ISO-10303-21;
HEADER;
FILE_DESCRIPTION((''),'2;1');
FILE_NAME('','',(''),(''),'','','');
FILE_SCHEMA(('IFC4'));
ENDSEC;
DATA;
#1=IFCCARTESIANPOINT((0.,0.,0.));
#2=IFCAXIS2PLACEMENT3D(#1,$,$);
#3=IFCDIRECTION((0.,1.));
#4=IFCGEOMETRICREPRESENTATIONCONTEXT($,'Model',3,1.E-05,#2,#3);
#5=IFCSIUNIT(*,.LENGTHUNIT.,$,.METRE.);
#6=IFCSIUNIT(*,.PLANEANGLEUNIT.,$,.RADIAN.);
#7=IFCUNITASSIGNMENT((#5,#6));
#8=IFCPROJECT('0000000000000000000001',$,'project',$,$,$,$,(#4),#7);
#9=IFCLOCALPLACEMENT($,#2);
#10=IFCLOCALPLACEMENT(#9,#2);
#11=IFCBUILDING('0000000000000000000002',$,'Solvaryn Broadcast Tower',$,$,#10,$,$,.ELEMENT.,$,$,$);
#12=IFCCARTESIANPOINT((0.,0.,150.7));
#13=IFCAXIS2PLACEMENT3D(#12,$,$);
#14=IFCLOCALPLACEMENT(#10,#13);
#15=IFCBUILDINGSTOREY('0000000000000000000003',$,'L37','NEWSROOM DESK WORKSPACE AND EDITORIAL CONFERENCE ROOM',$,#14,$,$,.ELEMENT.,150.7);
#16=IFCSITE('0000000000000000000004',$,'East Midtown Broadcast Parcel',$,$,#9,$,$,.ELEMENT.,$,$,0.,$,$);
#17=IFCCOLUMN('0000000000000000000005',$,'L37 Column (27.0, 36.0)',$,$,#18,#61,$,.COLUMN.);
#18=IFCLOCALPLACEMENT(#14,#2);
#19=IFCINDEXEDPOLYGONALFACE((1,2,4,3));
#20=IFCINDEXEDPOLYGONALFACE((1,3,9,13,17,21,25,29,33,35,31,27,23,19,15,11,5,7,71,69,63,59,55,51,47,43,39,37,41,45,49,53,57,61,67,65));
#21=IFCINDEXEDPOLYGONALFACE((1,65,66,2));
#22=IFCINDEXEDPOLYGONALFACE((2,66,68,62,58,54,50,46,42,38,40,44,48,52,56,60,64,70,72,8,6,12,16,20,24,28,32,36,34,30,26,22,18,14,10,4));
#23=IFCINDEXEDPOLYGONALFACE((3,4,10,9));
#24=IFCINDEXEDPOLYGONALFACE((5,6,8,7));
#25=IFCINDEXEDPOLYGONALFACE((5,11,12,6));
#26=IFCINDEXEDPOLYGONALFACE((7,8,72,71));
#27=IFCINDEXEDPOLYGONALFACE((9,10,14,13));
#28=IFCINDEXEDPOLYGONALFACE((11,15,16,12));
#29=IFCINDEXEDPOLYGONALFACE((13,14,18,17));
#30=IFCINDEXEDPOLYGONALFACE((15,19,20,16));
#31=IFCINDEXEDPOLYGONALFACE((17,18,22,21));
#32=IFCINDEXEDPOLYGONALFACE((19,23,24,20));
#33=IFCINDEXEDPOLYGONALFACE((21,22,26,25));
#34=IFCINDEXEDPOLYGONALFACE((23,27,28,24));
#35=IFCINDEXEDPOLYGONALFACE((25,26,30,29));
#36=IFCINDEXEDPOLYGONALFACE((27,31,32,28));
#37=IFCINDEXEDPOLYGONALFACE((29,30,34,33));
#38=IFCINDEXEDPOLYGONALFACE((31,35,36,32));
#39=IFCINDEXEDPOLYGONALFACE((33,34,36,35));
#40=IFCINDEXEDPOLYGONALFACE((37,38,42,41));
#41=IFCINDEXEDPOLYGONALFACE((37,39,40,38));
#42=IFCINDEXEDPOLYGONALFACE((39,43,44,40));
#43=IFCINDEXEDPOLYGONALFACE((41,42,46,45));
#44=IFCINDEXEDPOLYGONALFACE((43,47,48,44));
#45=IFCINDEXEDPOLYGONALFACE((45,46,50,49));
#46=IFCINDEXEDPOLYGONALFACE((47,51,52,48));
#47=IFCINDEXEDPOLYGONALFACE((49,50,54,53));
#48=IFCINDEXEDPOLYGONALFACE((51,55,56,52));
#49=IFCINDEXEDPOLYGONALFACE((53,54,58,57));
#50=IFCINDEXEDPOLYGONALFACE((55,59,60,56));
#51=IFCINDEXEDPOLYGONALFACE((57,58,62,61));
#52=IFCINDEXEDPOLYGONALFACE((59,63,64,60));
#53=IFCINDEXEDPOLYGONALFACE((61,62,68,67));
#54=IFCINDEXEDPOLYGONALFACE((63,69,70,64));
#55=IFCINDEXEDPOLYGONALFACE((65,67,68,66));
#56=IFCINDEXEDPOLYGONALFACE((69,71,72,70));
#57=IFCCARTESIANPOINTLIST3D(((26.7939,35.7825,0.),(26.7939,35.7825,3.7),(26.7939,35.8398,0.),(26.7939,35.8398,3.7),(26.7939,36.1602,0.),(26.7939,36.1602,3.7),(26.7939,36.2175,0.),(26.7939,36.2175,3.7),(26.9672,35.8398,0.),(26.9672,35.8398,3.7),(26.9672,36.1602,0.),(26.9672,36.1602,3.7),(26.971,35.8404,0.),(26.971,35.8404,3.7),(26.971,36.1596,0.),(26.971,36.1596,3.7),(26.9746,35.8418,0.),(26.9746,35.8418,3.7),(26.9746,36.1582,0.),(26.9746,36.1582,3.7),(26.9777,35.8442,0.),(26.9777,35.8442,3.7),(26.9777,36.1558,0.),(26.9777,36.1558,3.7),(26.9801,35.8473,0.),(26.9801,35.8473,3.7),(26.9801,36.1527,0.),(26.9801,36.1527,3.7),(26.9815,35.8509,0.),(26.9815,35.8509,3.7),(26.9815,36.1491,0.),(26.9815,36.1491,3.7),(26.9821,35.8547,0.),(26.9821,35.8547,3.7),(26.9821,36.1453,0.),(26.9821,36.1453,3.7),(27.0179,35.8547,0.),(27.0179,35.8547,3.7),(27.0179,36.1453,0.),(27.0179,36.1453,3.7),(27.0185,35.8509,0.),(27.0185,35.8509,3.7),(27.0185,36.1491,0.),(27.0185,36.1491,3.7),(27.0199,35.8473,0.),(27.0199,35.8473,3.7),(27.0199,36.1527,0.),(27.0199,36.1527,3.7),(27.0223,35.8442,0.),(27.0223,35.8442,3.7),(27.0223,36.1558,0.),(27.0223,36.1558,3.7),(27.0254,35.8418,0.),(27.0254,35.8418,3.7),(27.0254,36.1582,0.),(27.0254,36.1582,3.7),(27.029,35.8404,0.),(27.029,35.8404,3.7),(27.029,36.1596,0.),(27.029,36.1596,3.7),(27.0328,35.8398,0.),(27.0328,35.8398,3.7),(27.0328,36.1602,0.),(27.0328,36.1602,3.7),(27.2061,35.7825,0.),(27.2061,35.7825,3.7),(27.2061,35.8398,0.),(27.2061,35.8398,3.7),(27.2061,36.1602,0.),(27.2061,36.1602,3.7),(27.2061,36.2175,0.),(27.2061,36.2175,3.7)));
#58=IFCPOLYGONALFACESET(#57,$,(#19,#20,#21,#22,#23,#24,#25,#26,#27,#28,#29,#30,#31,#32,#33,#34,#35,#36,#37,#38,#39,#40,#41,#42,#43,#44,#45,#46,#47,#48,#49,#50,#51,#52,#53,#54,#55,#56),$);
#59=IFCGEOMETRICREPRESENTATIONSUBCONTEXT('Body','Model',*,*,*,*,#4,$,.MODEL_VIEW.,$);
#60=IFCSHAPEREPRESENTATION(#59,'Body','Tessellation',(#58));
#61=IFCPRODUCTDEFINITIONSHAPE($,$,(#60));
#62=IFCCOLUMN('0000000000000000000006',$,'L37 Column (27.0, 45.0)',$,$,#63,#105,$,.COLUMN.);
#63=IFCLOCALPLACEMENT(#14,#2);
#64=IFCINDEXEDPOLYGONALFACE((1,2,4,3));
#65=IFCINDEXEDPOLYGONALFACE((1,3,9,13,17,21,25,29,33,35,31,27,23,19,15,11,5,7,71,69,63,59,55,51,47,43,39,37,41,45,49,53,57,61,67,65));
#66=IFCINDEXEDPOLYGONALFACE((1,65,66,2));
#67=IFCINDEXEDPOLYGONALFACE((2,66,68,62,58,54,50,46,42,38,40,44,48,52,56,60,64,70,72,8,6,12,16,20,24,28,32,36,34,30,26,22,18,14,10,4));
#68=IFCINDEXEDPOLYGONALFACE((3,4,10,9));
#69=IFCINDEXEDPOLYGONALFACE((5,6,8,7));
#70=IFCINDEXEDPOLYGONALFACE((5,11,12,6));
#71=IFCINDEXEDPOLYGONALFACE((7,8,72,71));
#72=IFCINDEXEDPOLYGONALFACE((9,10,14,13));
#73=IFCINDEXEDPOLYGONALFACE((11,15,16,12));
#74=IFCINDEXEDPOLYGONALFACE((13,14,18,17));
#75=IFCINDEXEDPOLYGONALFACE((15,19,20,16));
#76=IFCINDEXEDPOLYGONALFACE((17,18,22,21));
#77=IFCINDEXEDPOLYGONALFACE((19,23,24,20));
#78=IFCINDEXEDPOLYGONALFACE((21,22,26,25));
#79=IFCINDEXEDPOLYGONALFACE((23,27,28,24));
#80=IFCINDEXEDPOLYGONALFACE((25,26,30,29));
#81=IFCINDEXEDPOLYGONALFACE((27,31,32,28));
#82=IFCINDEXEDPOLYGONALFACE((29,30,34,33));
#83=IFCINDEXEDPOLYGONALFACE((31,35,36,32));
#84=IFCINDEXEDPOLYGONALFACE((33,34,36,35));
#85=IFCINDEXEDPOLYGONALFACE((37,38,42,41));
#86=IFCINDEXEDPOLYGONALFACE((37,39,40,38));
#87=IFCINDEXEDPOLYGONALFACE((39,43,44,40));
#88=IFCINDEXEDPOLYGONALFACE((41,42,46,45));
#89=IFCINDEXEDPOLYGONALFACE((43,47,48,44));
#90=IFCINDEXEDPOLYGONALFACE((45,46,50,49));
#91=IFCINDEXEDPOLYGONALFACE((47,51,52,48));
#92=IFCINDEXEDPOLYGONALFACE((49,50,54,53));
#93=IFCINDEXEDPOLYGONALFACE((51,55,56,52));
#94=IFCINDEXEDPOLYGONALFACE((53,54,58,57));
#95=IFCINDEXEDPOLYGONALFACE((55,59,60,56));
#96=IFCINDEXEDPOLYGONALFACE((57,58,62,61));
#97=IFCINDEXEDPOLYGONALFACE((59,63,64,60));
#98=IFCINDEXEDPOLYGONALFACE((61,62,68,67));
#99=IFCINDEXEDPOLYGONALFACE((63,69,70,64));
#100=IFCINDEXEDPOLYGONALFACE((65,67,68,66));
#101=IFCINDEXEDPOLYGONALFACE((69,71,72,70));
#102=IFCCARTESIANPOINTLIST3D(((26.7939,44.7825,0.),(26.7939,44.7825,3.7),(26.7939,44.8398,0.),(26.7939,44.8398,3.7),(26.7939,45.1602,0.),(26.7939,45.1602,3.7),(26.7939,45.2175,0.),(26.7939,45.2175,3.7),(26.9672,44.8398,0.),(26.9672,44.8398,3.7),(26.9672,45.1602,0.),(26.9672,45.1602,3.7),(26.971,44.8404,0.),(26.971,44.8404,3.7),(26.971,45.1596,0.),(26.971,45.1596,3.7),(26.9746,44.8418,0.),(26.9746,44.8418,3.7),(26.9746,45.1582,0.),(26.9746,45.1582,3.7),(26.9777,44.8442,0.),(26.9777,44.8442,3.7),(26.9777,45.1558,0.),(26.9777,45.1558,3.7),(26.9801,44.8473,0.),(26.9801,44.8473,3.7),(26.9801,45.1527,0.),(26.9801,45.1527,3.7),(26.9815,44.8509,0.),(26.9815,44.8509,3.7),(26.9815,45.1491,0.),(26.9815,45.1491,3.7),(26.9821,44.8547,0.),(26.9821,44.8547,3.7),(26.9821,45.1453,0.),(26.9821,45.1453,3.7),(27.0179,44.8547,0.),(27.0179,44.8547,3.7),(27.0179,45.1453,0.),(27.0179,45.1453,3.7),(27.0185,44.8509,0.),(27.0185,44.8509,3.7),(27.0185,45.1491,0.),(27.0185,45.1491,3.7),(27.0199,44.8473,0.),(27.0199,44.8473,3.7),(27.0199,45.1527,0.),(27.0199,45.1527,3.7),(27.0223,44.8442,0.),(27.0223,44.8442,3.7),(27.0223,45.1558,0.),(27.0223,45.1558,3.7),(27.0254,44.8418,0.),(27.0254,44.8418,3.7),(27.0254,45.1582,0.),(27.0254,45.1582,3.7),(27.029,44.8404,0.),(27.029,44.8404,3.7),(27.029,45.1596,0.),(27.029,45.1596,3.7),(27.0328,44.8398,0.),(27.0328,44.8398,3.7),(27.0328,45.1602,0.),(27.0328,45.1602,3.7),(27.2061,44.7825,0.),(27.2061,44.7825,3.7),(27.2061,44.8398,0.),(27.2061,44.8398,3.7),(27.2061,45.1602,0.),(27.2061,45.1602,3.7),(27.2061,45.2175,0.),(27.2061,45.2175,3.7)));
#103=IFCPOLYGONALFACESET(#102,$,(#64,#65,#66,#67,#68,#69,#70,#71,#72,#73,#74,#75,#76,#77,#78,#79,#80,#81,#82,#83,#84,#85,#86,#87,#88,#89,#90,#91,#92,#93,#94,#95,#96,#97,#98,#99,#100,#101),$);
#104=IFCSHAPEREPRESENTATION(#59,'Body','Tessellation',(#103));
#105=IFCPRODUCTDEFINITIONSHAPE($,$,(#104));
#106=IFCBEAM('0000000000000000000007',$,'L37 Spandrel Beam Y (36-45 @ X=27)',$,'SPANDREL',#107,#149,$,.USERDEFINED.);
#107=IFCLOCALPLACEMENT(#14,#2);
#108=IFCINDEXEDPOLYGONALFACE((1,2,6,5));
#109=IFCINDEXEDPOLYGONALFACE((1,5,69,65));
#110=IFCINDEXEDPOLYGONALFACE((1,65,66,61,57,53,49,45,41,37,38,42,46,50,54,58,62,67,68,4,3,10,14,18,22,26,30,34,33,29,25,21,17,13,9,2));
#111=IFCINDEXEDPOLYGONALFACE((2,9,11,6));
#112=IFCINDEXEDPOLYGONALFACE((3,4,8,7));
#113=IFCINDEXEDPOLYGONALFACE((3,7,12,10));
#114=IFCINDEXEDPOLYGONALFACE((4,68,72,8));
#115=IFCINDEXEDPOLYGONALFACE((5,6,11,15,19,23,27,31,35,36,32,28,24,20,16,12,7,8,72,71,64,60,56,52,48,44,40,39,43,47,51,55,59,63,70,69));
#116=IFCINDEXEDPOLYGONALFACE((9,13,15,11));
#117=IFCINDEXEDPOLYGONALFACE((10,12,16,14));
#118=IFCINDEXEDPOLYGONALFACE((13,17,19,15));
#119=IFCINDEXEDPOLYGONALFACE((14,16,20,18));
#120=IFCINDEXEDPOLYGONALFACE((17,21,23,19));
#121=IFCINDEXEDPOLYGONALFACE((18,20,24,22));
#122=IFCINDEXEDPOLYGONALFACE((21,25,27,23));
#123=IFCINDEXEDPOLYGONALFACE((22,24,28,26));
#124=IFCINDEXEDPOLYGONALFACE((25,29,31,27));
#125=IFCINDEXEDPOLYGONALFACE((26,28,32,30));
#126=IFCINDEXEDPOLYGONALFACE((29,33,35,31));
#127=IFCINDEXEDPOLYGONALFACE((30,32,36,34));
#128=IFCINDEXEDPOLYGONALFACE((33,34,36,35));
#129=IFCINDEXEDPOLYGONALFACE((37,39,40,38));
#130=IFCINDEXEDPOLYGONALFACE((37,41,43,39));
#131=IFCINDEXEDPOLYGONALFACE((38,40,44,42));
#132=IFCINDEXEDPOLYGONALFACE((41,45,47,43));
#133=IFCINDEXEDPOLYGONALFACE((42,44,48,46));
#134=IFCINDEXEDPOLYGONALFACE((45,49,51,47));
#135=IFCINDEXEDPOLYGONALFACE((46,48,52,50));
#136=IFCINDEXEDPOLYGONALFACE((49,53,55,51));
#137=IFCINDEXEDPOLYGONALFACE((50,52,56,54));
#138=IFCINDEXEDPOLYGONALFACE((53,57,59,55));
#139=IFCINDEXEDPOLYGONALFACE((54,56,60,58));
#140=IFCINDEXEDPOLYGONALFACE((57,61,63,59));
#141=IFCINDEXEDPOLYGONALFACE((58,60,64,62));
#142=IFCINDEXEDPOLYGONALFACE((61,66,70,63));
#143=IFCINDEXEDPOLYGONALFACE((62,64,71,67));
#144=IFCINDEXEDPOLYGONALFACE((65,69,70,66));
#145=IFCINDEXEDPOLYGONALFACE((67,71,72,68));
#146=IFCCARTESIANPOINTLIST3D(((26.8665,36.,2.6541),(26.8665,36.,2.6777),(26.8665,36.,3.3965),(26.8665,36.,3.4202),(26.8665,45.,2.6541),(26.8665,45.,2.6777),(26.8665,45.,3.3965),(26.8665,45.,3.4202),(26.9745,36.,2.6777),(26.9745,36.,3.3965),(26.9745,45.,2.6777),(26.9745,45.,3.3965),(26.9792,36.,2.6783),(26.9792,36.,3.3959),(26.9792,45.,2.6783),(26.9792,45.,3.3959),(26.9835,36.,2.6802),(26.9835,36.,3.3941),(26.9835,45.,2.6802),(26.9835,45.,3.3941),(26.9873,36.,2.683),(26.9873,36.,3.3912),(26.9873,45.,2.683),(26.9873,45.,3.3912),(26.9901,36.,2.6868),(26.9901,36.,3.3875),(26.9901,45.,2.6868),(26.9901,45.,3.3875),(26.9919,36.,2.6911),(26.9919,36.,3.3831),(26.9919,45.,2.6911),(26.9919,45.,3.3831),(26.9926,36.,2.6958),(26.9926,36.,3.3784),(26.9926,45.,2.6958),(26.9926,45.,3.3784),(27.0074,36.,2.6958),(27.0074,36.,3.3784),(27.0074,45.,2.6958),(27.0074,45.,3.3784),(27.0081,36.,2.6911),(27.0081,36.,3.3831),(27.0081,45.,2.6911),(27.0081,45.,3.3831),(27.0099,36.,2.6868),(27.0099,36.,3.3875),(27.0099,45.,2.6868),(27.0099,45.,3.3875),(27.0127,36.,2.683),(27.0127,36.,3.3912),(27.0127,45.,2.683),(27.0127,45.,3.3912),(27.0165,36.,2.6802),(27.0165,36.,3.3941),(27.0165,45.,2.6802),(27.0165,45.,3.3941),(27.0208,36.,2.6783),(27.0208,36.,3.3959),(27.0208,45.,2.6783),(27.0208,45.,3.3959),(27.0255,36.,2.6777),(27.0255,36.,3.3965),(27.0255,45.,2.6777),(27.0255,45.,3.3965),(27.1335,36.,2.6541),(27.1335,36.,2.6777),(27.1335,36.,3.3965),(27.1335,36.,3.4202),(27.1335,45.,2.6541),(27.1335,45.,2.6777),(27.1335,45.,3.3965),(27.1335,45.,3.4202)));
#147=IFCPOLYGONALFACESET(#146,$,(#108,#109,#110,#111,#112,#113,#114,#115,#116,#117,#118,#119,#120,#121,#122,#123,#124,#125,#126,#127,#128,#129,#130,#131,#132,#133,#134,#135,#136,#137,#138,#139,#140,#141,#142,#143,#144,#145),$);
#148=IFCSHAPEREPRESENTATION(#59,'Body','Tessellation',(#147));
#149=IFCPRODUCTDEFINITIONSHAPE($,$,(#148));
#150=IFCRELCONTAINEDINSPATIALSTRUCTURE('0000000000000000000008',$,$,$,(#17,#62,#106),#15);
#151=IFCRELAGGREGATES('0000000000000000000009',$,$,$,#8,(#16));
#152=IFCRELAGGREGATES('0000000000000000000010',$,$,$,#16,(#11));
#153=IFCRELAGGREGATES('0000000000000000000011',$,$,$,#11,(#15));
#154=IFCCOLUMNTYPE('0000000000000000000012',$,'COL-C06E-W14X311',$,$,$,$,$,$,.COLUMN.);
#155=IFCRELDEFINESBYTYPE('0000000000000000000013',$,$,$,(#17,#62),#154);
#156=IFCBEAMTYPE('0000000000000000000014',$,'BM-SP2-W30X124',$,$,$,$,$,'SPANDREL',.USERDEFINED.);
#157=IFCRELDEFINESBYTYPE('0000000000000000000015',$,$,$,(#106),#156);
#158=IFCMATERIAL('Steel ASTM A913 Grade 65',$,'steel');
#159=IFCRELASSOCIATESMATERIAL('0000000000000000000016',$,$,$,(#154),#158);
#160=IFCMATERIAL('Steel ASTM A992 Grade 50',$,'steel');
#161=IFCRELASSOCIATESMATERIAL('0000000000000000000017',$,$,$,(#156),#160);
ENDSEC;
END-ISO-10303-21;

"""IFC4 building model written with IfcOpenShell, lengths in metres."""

from ifc_helpers import new_model, si_unit, direction, frame, origin, origin_2d, place, context, subcontext, project, spatial, i_section, extrude, material, material_profile, profile_set, type_object, element, save


model = new_model("IFC4")

# Units and contexts
model_context = context("Model", 3, precision=1e-05, world=origin(), true_north=direction((0.0, 1.0)))
body_context = subcontext(model_context, "Body", "Model", "MODEL_VIEW")
ifc_project = project(units=[si_unit("LENGTHUNIT", "METRE"), si_unit("PLANEANGLEUNIT", "RADIAN")], contexts=[model_context])

# Site, building, storey
site_placement = place(None, origin())
site = spatial("IfcSite", under=ifc_project, at=site_placement, Name="East Midtown Broadcast Parcel", CompositionType="ELEMENT", RefElevation=0.0)
building_placement = place(site_placement, origin())
building = spatial("IfcBuilding", under=site, at=building_placement, Name="Solvaryn Broadcast Tower", CompositionType="ELEMENT")
storey_placement = place(building_placement, frame((0.0, 0.0, 150.7)))
storey = spatial("IfcBuildingStorey", under=building, at=storey_placement, Name="L37", Description="NEWSROOM DESK WORKSPACE AND EDITORIAL CONFERENCE ROOM", CompositionType="ELEMENT", Elevation=150.7)

# Columns
ifc_material_1 = material(Name="Steel ASTM A913 Grade 65", Category="steel")
ifc_material_profile_1 = material_profile(ifc_material_1, i_section(OverallWidth=0.4121, OverallDepth=0.4351, WebThickness=0.0359, FlangeThickness=0.0574, FilletRadius=0.0149, at=origin_2d()))
ifc_profile_set_1 = profile_set([ifc_material_profile_1], Name="Steel ASTM A913 Grade 65")
column_type = type_object("IfcColumnType", Name="COL-C06E-W14X311", PredefinedType="COLUMN", material=ifc_profile_set_1)
for number, where, z_axis, x_axis, name in (
    (1, (27.0, 36.0, 0.0), (0.0, 0.0, 1.0), (1.0, 0.0, 0.0), "L37 Column (27.0, 36.0)"),
    (2, (27.0, 45.0, 0.0), (0.0, 0.0, 1.0), (1.0, 0.0, 0.0), "L37 Column (27.0, 45.0)"),
):
    element("IfcColumn", number, at=place(storey_placement, frame(where, z_axis=z_axis, x_axis=x_axis)), inside=storey, type_object=column_type, Name=name, PredefinedType="COLUMN", context=body_context, shape_type="SweptSolid", body=[
        extrude(i_section(OverallWidth=0.4121, OverallDepth=0.4351, WebThickness=0.0359, FlangeThickness=0.0574, FilletRadius=0.0149, at=origin_2d()), origin(), (0.0, 0.0, 1.0), 3.7),
    ])

# Beam
ifc_material_2 = material(Name="Steel ASTM A992 Grade 50", Category="steel")
ifc_material_profile_2 = material_profile(ifc_material_2, i_section(OverallWidth=0.2671, OverallDepth=0.7661, WebThickness=0.0149, FlangeThickness=0.0237, FilletRadius=0.0181, at=origin_2d()))
ifc_profile_set_2 = profile_set([ifc_material_profile_2], Name="Steel ASTM A992 Grade 50")
beam_type = type_object("IfcBeamType", Name="BM-SP2-W30X124", ElementType="SPANDREL", PredefinedType="USERDEFINED", material=ifc_profile_set_2)
beam_placement = place(storey_placement, frame((27.0, 36.0, 3.0371), z_axis=(0.0, 1.0, 0.0), x_axis=(-1.0, 0.0, 0.0)))
element("IfcBeam", 3, at=beam_placement, inside=storey, type_object=beam_type, Name="L37 Spandrel Beam Y (36-45 @ X=27)", ObjectType="SPANDREL", PredefinedType="USERDEFINED", context=body_context, shape_type="SweptSolid", body=[
    extrude(i_section(OverallWidth=0.2671, OverallDepth=0.7661, WebThickness=0.0149, FlangeThickness=0.0237, FilletRadius=0.0181, at=origin_2d()), origin(), (0.0, 0.0, 1.0), 9.0),
])

save(model, "model.ifc")
